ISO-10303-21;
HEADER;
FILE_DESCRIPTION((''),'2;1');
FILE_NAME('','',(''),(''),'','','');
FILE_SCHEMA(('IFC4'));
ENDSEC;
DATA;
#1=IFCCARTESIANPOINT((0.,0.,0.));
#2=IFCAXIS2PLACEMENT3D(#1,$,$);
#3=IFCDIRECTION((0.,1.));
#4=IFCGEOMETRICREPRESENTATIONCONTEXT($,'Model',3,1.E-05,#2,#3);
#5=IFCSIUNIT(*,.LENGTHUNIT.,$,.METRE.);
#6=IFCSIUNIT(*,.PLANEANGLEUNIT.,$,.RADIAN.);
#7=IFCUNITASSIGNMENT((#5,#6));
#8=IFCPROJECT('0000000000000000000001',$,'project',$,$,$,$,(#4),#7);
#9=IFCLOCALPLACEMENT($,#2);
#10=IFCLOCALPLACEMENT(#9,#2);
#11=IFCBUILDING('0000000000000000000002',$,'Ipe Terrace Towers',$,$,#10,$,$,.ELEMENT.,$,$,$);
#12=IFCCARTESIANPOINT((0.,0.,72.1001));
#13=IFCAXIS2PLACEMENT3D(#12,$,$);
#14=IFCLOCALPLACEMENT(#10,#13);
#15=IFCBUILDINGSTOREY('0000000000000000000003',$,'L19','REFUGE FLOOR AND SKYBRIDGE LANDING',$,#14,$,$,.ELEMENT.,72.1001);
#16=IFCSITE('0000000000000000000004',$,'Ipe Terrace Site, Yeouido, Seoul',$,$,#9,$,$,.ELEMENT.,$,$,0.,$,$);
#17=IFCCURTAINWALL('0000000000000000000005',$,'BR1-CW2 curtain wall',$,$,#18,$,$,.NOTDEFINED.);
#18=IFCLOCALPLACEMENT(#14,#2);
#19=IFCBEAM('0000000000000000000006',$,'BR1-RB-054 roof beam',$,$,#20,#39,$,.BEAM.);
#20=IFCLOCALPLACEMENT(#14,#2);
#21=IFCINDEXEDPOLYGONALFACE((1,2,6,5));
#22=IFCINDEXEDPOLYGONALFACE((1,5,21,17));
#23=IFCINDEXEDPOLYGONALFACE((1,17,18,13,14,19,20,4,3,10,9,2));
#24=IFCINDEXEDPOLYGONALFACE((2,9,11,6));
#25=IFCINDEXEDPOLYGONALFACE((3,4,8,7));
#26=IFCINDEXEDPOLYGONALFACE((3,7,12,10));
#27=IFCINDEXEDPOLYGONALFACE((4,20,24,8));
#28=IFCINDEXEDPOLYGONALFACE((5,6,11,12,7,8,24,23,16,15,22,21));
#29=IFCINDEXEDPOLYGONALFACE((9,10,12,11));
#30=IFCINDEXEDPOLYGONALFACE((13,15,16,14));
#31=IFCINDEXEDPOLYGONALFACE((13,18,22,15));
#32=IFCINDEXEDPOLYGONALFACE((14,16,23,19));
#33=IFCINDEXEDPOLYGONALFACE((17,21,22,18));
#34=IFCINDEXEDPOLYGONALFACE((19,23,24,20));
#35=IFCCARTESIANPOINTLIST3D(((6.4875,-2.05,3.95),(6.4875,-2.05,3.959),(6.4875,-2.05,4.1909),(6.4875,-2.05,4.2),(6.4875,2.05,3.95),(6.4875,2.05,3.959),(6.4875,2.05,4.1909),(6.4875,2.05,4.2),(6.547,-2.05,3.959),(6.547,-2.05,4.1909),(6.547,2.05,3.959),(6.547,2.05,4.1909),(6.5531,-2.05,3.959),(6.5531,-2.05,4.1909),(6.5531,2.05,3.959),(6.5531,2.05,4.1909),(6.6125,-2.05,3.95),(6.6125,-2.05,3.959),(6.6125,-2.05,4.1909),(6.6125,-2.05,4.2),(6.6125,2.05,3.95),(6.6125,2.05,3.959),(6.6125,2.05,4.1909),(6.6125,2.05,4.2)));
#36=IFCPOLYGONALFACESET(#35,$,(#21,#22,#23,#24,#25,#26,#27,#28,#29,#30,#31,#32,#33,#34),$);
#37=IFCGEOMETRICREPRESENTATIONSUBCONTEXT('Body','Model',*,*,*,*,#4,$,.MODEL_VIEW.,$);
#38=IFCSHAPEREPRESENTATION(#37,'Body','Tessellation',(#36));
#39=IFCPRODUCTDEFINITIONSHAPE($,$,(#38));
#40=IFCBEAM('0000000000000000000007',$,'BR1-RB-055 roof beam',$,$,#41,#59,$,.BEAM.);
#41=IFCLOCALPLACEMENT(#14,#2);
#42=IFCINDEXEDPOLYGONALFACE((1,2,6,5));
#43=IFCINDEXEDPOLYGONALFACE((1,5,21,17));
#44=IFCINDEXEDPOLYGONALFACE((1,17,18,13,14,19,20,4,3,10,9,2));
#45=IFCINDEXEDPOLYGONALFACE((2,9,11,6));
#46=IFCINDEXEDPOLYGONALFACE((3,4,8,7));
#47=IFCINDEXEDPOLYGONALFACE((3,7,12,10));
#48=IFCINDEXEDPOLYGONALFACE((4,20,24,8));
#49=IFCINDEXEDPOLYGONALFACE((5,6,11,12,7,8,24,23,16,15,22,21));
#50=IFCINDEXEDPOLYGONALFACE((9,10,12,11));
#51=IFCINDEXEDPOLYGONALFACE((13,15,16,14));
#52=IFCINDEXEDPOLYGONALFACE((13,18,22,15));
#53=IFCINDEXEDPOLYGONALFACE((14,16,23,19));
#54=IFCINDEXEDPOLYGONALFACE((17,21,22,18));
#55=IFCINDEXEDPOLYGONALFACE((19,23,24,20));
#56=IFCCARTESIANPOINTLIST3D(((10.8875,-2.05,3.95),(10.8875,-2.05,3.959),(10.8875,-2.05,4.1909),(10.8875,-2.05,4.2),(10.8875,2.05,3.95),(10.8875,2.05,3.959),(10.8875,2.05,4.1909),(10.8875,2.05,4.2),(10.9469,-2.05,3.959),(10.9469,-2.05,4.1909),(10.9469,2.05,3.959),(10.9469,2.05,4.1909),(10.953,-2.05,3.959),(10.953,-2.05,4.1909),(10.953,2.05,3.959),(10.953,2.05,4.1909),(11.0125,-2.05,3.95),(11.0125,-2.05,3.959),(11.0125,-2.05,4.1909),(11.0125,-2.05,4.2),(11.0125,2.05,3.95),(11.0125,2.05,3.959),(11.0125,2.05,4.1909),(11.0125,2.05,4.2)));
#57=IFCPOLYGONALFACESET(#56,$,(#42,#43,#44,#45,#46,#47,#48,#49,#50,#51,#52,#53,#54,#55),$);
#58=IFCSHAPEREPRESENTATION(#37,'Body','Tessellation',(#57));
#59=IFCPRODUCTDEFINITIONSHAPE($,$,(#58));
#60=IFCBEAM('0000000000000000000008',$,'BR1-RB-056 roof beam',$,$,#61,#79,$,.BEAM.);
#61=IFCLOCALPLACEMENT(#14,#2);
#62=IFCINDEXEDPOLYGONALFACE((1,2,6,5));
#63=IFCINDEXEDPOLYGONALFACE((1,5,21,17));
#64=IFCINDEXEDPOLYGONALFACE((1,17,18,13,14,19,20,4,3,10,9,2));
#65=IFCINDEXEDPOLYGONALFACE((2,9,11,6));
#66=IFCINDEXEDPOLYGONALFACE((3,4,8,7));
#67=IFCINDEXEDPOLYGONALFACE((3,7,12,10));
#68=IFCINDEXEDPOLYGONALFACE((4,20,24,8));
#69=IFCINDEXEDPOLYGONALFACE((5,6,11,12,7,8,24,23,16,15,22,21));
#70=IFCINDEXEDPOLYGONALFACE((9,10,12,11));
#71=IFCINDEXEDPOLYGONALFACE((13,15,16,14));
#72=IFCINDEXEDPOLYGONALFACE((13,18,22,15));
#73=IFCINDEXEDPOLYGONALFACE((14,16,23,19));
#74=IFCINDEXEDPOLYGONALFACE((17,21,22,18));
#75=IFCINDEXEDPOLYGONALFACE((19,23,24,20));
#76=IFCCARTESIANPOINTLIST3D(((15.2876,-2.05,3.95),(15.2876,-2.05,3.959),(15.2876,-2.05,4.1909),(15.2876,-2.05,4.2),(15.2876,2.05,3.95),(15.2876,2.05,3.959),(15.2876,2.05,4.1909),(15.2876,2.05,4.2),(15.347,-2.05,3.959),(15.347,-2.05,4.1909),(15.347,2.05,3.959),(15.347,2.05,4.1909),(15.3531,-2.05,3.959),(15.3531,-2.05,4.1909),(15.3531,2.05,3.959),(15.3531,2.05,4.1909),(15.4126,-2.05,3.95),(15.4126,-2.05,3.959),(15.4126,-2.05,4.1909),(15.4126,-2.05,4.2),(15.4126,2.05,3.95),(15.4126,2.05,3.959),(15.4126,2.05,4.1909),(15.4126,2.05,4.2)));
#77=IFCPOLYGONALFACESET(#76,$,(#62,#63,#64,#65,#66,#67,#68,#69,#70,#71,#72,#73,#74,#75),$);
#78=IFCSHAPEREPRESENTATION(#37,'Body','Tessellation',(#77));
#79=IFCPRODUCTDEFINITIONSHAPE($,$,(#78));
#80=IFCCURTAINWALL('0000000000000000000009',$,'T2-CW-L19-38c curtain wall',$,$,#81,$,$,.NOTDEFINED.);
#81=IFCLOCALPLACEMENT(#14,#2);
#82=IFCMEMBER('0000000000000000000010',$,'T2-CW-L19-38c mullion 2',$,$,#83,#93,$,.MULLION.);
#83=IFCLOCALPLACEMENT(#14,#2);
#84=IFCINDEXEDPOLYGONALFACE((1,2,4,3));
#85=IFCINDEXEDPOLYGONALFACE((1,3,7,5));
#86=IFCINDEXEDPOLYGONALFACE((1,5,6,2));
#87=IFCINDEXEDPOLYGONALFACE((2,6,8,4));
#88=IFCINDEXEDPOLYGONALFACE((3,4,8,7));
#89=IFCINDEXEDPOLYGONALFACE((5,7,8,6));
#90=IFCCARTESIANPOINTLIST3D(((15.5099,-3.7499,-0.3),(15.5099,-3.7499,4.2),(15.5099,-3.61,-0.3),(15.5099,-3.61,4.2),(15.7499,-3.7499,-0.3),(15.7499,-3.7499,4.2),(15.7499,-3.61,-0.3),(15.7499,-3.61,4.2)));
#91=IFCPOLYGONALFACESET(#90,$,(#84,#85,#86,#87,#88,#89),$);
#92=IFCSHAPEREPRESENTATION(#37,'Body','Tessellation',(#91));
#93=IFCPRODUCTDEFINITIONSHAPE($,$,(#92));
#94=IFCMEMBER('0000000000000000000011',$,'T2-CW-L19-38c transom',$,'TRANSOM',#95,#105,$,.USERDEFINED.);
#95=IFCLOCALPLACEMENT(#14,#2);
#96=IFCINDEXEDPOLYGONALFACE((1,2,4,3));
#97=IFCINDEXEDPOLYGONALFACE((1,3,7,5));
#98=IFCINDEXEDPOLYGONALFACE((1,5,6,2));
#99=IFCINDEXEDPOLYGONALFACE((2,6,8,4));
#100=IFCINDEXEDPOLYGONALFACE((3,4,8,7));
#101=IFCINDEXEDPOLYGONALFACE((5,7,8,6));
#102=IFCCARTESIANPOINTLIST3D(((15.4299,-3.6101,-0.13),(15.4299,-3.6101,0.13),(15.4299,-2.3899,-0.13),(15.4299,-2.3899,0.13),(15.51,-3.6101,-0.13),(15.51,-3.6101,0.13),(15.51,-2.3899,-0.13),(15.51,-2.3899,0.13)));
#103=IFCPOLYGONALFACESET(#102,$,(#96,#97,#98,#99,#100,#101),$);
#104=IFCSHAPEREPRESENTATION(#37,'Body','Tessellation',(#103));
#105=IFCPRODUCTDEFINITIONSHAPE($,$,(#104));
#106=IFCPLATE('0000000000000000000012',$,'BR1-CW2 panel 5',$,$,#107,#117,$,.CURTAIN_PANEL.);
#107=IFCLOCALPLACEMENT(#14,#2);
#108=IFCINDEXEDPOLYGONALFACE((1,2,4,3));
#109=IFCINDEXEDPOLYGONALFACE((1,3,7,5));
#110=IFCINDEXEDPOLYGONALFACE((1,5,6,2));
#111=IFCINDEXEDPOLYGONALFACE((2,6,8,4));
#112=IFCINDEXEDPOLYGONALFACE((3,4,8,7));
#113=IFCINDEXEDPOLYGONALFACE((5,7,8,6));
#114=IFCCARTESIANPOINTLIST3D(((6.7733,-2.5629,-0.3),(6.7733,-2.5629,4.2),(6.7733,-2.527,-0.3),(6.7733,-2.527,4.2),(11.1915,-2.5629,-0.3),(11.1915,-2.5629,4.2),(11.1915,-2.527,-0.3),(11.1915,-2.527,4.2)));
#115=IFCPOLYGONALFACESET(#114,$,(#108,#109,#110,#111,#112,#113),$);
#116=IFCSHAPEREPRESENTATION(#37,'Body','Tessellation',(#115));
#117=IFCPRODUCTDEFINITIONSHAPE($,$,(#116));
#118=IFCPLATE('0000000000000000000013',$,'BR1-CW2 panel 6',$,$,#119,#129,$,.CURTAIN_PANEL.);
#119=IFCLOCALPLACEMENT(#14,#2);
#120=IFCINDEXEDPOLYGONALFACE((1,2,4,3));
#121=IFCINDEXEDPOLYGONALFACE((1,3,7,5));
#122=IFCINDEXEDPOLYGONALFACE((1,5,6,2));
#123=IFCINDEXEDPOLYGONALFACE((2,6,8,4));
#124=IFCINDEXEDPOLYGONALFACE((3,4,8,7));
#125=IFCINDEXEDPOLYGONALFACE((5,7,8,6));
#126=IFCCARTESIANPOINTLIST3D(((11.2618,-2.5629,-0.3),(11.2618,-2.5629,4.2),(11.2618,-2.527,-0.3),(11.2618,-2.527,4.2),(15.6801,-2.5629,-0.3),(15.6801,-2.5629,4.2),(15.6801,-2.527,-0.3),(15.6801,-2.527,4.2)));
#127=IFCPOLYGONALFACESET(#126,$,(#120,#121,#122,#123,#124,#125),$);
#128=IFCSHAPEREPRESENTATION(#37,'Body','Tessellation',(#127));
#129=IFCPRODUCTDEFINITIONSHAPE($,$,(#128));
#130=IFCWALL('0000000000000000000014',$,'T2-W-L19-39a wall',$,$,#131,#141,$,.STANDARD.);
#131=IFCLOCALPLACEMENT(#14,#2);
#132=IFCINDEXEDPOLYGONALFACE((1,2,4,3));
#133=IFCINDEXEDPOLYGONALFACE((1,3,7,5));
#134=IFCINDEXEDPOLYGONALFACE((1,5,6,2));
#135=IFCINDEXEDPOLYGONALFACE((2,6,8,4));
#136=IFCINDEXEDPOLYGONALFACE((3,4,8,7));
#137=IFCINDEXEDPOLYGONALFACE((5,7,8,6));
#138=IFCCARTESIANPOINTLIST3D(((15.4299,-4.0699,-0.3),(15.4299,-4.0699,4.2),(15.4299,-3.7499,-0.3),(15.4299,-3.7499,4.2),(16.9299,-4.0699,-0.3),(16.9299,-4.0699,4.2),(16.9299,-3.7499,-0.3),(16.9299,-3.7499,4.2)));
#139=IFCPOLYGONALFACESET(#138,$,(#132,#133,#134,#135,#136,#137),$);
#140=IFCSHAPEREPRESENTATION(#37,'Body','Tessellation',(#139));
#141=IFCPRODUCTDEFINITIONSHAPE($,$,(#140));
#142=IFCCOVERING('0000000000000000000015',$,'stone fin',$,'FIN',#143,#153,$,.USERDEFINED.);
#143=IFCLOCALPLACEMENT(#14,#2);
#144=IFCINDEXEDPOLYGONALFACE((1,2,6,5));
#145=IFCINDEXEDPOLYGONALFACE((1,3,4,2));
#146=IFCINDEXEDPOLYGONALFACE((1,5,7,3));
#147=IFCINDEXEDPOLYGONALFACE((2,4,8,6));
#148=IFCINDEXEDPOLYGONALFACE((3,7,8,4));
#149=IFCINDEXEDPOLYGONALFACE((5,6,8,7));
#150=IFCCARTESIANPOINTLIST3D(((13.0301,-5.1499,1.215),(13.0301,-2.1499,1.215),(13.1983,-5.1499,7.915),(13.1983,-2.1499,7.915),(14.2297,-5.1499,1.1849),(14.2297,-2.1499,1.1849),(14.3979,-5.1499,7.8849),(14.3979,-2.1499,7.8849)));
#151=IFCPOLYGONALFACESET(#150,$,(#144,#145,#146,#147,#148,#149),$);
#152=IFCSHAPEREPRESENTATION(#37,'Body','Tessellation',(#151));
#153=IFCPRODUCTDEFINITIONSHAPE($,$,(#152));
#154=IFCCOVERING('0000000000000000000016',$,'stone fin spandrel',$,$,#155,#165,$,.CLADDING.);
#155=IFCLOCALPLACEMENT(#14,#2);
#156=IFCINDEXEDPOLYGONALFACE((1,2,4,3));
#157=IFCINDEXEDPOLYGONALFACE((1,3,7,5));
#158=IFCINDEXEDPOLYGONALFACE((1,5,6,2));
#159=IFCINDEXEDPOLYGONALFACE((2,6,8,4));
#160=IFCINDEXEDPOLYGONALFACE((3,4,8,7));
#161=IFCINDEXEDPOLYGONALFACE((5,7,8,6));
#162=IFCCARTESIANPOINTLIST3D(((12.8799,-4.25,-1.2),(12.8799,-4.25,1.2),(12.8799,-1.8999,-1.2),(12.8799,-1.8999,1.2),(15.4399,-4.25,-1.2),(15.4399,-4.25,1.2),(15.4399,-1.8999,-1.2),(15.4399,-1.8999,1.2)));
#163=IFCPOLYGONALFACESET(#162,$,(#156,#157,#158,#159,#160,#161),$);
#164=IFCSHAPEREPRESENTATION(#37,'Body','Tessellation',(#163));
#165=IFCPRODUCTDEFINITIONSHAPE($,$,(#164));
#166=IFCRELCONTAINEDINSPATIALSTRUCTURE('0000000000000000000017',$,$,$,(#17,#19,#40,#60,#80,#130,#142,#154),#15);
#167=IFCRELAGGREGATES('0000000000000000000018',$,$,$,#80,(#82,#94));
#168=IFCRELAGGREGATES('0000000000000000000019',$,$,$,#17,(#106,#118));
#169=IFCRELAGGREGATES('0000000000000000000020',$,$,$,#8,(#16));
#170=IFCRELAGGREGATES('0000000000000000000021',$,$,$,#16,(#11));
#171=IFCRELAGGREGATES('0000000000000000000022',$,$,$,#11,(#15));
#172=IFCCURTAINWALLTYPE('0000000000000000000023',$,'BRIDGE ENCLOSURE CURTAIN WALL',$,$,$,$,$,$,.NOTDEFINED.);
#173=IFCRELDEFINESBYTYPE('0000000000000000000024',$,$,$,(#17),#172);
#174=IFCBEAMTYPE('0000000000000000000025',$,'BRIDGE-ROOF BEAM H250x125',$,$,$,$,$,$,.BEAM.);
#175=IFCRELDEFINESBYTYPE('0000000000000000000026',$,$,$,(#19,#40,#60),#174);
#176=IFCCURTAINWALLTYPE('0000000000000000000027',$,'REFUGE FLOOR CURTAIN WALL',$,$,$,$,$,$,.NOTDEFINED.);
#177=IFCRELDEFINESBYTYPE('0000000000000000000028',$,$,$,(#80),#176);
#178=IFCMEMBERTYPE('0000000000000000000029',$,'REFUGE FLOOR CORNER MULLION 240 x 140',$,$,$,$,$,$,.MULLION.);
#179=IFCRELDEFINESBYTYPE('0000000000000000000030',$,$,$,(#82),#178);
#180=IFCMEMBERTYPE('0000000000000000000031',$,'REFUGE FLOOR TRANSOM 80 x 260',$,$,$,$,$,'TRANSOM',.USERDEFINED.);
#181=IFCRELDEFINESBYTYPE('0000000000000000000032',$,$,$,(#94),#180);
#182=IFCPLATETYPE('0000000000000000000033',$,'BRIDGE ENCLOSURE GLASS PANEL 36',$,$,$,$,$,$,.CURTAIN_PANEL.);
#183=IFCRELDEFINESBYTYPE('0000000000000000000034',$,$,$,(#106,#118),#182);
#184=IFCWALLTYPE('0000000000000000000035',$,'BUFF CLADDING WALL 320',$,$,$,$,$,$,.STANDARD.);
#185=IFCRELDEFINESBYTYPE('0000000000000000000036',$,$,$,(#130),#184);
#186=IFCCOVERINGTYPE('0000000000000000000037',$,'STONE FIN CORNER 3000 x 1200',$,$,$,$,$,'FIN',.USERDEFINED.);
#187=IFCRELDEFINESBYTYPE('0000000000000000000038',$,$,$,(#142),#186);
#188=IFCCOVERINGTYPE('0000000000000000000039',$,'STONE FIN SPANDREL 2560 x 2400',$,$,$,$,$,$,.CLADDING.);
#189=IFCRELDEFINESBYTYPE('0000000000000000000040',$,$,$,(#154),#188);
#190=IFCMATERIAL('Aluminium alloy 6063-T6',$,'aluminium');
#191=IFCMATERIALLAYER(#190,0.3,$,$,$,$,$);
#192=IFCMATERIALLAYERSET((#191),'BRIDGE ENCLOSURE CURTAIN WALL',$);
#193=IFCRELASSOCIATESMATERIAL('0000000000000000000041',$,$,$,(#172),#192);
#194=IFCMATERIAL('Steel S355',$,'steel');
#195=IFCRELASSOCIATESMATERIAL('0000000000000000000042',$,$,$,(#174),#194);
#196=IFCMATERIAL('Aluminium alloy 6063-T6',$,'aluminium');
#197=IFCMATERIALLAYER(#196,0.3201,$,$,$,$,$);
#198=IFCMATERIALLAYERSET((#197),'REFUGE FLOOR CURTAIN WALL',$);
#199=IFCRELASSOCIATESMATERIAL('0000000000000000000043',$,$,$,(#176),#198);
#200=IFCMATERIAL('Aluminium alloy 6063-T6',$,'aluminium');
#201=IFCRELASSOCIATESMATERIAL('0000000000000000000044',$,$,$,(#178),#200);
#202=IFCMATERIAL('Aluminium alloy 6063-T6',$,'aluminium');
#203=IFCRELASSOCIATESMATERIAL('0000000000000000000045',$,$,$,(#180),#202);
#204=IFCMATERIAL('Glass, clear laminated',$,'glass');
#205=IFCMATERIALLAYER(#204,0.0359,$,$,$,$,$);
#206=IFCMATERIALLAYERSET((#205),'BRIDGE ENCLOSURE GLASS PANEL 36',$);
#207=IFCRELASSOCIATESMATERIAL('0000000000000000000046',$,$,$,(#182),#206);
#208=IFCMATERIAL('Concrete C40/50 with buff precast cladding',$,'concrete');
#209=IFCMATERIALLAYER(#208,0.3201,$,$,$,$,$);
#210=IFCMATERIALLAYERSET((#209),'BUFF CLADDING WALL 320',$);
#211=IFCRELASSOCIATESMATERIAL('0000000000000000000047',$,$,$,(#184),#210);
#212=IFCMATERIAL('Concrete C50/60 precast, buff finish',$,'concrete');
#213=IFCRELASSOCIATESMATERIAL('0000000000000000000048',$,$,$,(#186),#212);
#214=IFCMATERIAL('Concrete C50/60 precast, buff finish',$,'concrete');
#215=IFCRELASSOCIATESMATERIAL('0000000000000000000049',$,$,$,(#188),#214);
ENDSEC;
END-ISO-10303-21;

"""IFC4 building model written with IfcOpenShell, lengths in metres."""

from ifc_helpers import new_model, si_unit, direction, frame, frame_2d, origin, origin_2d, place, context, subcontext, project, spatial, rectangle, i_section, extrude, material, layer, layer_set, material_profile, profile_set, type_object, element, aggregate, save


model = new_model("IFC4")

# Units and contexts
model_context = context("Model", 3, precision=1e-05, world=origin(), true_north=direction((0.0, 1.0)))
body_context = subcontext(model_context, "Body", "Model", "MODEL_VIEW")
ifc_project = project(units=[si_unit("LENGTHUNIT", "METRE"), si_unit("PLANEANGLEUNIT", "RADIAN")], contexts=[model_context])

# Site, building, storey
site_placement = place(None, origin())
site = spatial("IfcSite", under=ifc_project, at=site_placement, Name="Ipe Terrace Site, Yeouido, Seoul", CompositionType="ELEMENT", RefElevation=0.0)
building_placement = place(site_placement, origin())
building = spatial("IfcBuilding", under=site, at=building_placement, Name="Ipe Terrace Towers", CompositionType="ELEMENT")
storey_placement = place(building_placement, frame((0.0, 0.0, 72.1001)))
storey = spatial("IfcBuildingStorey", under=building, at=storey_placement, Name="L19", Description="REFUGE FLOOR AND SKYBRIDGE LANDING", CompositionType="ELEMENT", Elevation=72.1001)

# Curtain wall
ifc_material_1 = material(Name="Aluminium alloy 6063-T6", Category="aluminium")
ifc_layer_1 = layer(ifc_material_1, 0.3)
ifc_layer_set_1 = layer_set([ifc_layer_1], Name="BRIDGE ENCLOSURE CURTAIN WALL")
curtain_wall_type_1 = type_object("IfcCurtainWallType", Name="BRIDGE ENCLOSURE CURTAIN WALL", PredefinedType="NOTDEFINED", material=ifc_layer_set_1)
curtain_wall_1_placement = place(storey_placement, origin())
curtain_wall_1 = element("IfcCurtainWall", 1, at=curtain_wall_1_placement, inside=storey, type_object=curtain_wall_type_1, Name="BR1-CW2 curtain wall", PredefinedType="NOTDEFINED")

# Beams
ifc_material_2 = material(Name="Steel S355", Category="steel")
ifc_material_profile_1 = material_profile(ifc_material_2, i_section(OverallWidth=0.125, OverallDepth=0.25, WebThickness=0.0061, FlangeThickness=0.009, at=origin_2d()), Name="H250x125")
ifc_profile_set_1 = profile_set([ifc_material_profile_1], Name="Steel S355")
beam_type_1 = type_object("IfcBeamType", Name="BRIDGE-ROOF BEAM H250x125", PredefinedType="BEAM", material=ifc_profile_set_1)
for number, where, z_axis, x_axis, name in (
    (2, (6.55, -2.05, 4.075), (0.0, 1.0, 0.0), (-1.0, 0.0, 0.0), "BR1-RB-054 roof beam"),
    (3, (10.95, -2.05, 4.075), (0.0, 1.0, 0.0), (-1.0, 0.0, 0.0), "BR1-RB-055 roof beam"),
    (4, (15.3501, -2.05, 4.075), (0.0, 1.0, 0.0), (-1.0, 0.0, 0.0), "BR1-RB-056 roof beam"),
):
    element("IfcBeam", number, at=place(storey_placement, frame(where, z_axis=z_axis, x_axis=x_axis)), inside=storey, type_object=beam_type_1, Name=name, PredefinedType="BEAM", context=body_context, shape_type="SweptSolid", body=[
        extrude(i_section(OverallWidth=0.125, OverallDepth=0.25, WebThickness=0.0061, FlangeThickness=0.009, at=origin_2d()), origin(), (0.0, 0.0, 1.0), 4.1001),
    ])

# Curtain wall, members
ifc_material_3 = material(Name="Aluminium alloy 6063-T6", Category="aluminium")
ifc_layer_2 = layer(ifc_material_3, 0.3201)
ifc_layer_set_2 = layer_set([ifc_layer_2], Name="REFUGE FLOOR CURTAIN WALL")
curtain_wall_type_2 = type_object("IfcCurtainWallType", Name="REFUGE FLOOR CURTAIN WALL", PredefinedType="NOTDEFINED", material=ifc_layer_set_2)
curtain_wall_2_placement = place(storey_placement, origin())
curtain_wall_2 = element("IfcCurtainWall", 5, at=curtain_wall_2_placement, inside=storey, type_object=curtain_wall_type_2, Name="T2-CW-L19-38c curtain wall", PredefinedType="NOTDEFINED")
ifc_material_4 = material(Name="Aluminium alloy 6063-T6", Category="aluminium")
ifc_material_profile_2 = material_profile(ifc_material_4, rectangle(XDim=0.24, YDim=0.1399, at=origin_2d()), Name="REFUGE FLOOR CORNER MULLION 240 x 140")
ifc_profile_set_2 = profile_set([ifc_material_profile_2], Name="Aluminium alloy 6063-T6")
member_type_1 = type_object("IfcMemberType", Name="REFUGE FLOOR CORNER MULLION 240 x 140", PredefinedType="MULLION", material=ifc_profile_set_2)
member_1_placement = place(storey_placement, frame((15.6299, -3.6799, -0.3), z_axis=(0.0, 0.0, 1.0), x_axis=(-1.0, 0.0, 0.0)))
member_1 = element("IfcMember", 6, at=member_1_placement, type_object=member_type_1, Name="T2-CW-L19-38c mullion 2", PredefinedType="MULLION", context=body_context, shape_type="SweptSolid", body=[
    extrude(rectangle(XDim=0.24, YDim=0.1399, at=origin_2d()), origin(), (0.0, 0.0, 1.0), 4.5),
])
ifc_material_5 = material(Name="Aluminium alloy 6063-T6", Category="aluminium")
ifc_material_profile_3 = material_profile(ifc_material_5, rectangle(XDim=0.0801, YDim=0.26, at=origin_2d()), Name="REFUGE FLOOR TRANSOM 80 x 260")
ifc_profile_set_3 = profile_set([ifc_material_profile_3], Name="Aluminium alloy 6063-T6")
member_type_2 = type_object("IfcMemberType", Name="REFUGE FLOOR TRANSOM 80 x 260", ElementType="TRANSOM", PredefinedType="USERDEFINED", material=ifc_profile_set_3)
member_2_placement = place(storey_placement, frame((15.47, -2.3899, 0.0), z_axis=(0.0, -1.0, 0.0), x_axis=(-1.0, 0.0, 0.0)))
member_2 = element("IfcMember", 7, at=member_2_placement, type_object=member_type_2, Name="T2-CW-L19-38c transom", ObjectType="TRANSOM", PredefinedType="USERDEFINED", context=body_context, shape_type="SweptSolid", body=[
    extrude(rectangle(XDim=0.0801, YDim=0.26, at=origin_2d()), origin(), (0.0, 0.0, 1.0), 1.2202),
])
aggregate(curtain_wall_2, [member_1, member_2])

# Plates
ifc_material_6 = material(Name="Glass, clear laminated", Category="glass")
ifc_layer_3 = layer(ifc_material_6, 0.0359)
ifc_layer_set_3 = layer_set([ifc_layer_3], Name="BRIDGE ENCLOSURE GLASS PANEL 36")
plate_type = type_object("IfcPlateType", Name="BRIDGE ENCLOSURE GLASS PANEL 36", PredefinedType="CURTAIN_PANEL", material=ifc_layer_set_3)
plate_1_placement = place(storey_placement, frame((8.9824, -2.5449, -0.3), z_axis=(0.0, 0.0, 1.0), x_axis=(1.0, 0.0, 0.0)))
plate_1 = element("IfcPlate", 8, at=plate_1_placement, type_object=plate_type, Name="BR1-CW2 panel 5", PredefinedType="CURTAIN_PANEL", context=body_context, shape_type="SweptSolid", body=[
    extrude(rectangle(XDim=4.4182, YDim=0.0359, at=origin_2d()), origin(), (0.0, 0.0, 1.0), 4.5),
])
plate_2_placement = place(storey_placement, frame((13.4709, -2.5449, -0.3), z_axis=(0.0, 0.0, 1.0), x_axis=(1.0, 0.0, 0.0)))
plate_2 = element("IfcPlate", 9, at=plate_2_placement, type_object=plate_type, Name="BR1-CW2 panel 6", PredefinedType="CURTAIN_PANEL", context=body_context, shape_type="SweptSolid", body=[
    extrude(rectangle(XDim=4.4182, YDim=0.0359, at=origin_2d()), origin(), (0.0, 0.0, 1.0), 4.5),
])
aggregate(curtain_wall_1, [plate_1, plate_2])

# Wall
ifc_material_7 = material(Name="Concrete C40/50 with buff precast cladding", Category="concrete")
ifc_layer_4 = layer(ifc_material_7, 0.3201)
ifc_layer_set_4 = layer_set([ifc_layer_4], Name="BUFF CLADDING WALL 320")
wall_type = type_object("IfcWallType", Name="BUFF CLADDING WALL 320", PredefinedType="STANDARD", material=ifc_layer_set_4)
wall_placement = place(storey_placement, frame((15.4299, -3.9099, -0.3), z_axis=(0.0, 0.0, 1.0), x_axis=(1.0, 0.0, 0.0)))
element("IfcWall", 10, at=wall_placement, inside=storey, type_object=wall_type, Name="T2-W-L19-39a wall", PredefinedType="STANDARD", context=body_context, shape_type="SweptSolid", body=[
    extrude(rectangle(XDim=1.5, YDim=0.3201, at=frame_2d((0.75, 0.0))), origin(), (0.0, 0.0, 1.0), 4.5),
])

# Coverings
ifc_material_8 = material(Name="Concrete C50/60 precast, buff finish", Category="concrete")
ifc_material_profile_4 = material_profile(ifc_material_8, rectangle(XDim=3.0, YDim=1.2, at=origin_2d()), Name="STONE FIN CORNER 3000 x 1200")
ifc_profile_set_4 = profile_set([ifc_material_profile_4], Name="Concrete C50/60 precast, buff finish")
covering_type_1 = type_object("IfcCoveringType", Name="STONE FIN CORNER 3000 x 1200", ElementType="FIN", PredefinedType="USERDEFINED", material=ifc_profile_set_4)
covering_1_placement = place(storey_placement, frame((13.6299, -3.6499, 1.2), z_axis=(0.025099, 0.0, 0.999685), x_axis=(0.0, -1.0, 0.0)))
element("IfcCovering", 11, at=covering_1_placement, inside=storey, type_object=covering_type_1, Name="stone fin", ObjectType="FIN", PredefinedType="USERDEFINED", context=body_context, shape_type="SweptSolid", body=[
    extrude(rectangle(XDim=3.0, YDim=1.2, at=origin_2d()), origin(), (0.0, 0.0, 1.0), 6.7021),
])
ifc_material_9 = material(Name="Concrete C50/60 precast, buff finish", Category="concrete")
ifc_material_profile_5 = material_profile(ifc_material_9, rectangle(XDim=2.5601, YDim=2.3999, at=origin_2d()), Name="STONE FIN SPANDREL 2560 x 2400")
ifc_profile_set_5 = profile_set([ifc_material_profile_5], Name="Concrete C50/60 precast, buff finish")
covering_type_2 = type_object("IfcCoveringType", Name="STONE FIN SPANDREL 2560 x 2400", PredefinedType="CLADDING", material=ifc_profile_set_5)
covering_2_placement = place(storey_placement, frame((14.1599, -1.8999, 0.0), z_axis=(0.0, -1.0, 0.0), x_axis=(-1.0, 0.0, 0.0)))
element("IfcCovering", 12, at=covering_2_placement, inside=storey, type_object=covering_type_2, Name="stone fin spandrel", PredefinedType="CLADDING", context=body_context, shape_type="SweptSolid", body=[
    extrude(rectangle(XDim=2.5601, YDim=2.3999, at=origin_2d()), origin(), (0.0, 0.0, 1.0), 2.3501),
])

save(model, "model.ifc")
